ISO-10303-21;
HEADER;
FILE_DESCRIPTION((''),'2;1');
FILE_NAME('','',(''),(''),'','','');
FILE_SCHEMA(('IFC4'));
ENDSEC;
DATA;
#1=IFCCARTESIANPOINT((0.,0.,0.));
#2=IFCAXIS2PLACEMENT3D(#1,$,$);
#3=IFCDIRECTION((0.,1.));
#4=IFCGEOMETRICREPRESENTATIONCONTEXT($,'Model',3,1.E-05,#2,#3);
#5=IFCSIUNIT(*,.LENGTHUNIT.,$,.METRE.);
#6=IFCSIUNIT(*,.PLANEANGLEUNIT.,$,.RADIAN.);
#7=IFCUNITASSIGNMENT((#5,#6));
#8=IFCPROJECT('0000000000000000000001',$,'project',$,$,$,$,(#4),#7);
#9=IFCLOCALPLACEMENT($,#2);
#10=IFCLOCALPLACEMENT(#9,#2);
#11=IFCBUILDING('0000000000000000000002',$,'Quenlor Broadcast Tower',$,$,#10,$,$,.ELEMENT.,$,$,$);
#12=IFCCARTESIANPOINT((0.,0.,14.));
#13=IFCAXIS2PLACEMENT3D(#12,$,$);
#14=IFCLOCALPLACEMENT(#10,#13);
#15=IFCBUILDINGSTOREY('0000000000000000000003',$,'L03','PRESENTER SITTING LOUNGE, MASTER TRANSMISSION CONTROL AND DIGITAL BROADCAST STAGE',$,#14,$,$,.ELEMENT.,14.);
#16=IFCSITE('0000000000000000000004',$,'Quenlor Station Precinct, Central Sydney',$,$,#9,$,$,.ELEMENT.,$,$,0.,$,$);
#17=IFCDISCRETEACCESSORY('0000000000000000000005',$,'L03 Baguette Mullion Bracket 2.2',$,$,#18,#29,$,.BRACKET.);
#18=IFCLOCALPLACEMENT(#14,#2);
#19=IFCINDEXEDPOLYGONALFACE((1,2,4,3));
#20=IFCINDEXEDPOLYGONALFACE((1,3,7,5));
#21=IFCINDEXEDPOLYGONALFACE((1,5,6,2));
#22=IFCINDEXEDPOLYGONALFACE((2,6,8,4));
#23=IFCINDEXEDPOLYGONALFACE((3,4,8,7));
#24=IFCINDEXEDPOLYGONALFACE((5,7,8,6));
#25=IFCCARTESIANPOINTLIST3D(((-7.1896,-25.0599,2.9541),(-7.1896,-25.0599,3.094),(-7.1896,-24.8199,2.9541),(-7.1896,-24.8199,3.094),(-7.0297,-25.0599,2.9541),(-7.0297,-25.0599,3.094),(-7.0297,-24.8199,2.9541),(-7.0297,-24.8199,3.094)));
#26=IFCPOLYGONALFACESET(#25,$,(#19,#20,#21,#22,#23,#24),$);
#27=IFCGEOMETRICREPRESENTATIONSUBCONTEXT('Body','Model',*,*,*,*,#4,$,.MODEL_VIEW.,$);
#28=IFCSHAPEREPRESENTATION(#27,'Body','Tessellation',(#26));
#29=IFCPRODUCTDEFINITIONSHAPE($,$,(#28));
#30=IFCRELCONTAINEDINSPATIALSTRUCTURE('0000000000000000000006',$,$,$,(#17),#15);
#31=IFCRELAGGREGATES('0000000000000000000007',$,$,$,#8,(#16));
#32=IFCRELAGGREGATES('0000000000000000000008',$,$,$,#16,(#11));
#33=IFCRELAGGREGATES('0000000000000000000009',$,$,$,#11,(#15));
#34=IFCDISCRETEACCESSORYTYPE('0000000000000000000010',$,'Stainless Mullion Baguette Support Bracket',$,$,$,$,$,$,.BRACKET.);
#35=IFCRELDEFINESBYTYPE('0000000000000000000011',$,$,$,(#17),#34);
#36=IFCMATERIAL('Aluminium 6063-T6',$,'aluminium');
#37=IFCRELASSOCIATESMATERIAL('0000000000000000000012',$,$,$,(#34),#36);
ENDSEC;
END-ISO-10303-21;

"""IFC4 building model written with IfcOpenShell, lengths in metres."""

from ifc_helpers import new_model, si_unit, direction, frame, origin, origin_2d, place, context, subcontext, project, spatial, rectangle, extrude, material, type_object, element, save


model = new_model("IFC4")

# Units and contexts
model_context = context("Model", 3, precision=1e-05, world=origin(), true_north=direction((0.0, 1.0)))
body_context = subcontext(model_context, "Body", "Model", "MODEL_VIEW")
ifc_project = project(units=[si_unit("LENGTHUNIT", "METRE"), si_unit("PLANEANGLEUNIT", "RADIAN")], contexts=[model_context])

# Site, building, storey
site_placement = place(None, origin())
site = spatial("IfcSite", under=ifc_project, at=site_placement, Name="Quenlor Station Precinct, Central Sydney", CompositionType="ELEMENT", RefElevation=0.0)
building_placement = place(site_placement, origin())
building = spatial("IfcBuilding", under=site, at=building_placement, Name="Quenlor Broadcast Tower", CompositionType="ELEMENT")
storey_placement = place(building_placement, frame((0.0, 0.0, 14.0)))
storey = spatial("IfcBuildingStorey", under=building, at=storey_placement, Name="L03", Description="PRESENTER SITTING LOUNGE, MASTER TRANSMISSION CONTROL AND DIGITAL BROADCAST STAGE", CompositionType="ELEMENT", Elevation=14.0)

# Discrete accessory
ifc_material_1 = material(Name="Aluminium 6063-T6", Category="aluminium")
discrete_accessory_type = type_object("IfcDiscreteAccessoryType", Name="Stainless Mullion Baguette Support Bracket", PredefinedType="BRACKET", material=ifc_material_1)
for number, where, z_axis, x_axis, name in (
    (1, (-7.1096, -24.9399, 2.9541), (0.0, 0.0, 1.0), (-1.0, 0.0, 0.0), "L03 Baguette Mullion Bracket 2.2"),
):
    element("IfcDiscreteAccessory", number, at=place(storey_placement, frame(where, z_axis=z_axis, x_axis=x_axis)), inside=storey, type_object=discrete_accessory_type, Name=name, PredefinedType="BRACKET", context=body_context, shape_type="SweptSolid", body=[
        extrude(rectangle(XDim=0.1599, YDim=0.24, at=origin_2d()), origin(), (0.0, 0.0, 1.0), 0.1399),
    ])

save(model, "model.ifc")
